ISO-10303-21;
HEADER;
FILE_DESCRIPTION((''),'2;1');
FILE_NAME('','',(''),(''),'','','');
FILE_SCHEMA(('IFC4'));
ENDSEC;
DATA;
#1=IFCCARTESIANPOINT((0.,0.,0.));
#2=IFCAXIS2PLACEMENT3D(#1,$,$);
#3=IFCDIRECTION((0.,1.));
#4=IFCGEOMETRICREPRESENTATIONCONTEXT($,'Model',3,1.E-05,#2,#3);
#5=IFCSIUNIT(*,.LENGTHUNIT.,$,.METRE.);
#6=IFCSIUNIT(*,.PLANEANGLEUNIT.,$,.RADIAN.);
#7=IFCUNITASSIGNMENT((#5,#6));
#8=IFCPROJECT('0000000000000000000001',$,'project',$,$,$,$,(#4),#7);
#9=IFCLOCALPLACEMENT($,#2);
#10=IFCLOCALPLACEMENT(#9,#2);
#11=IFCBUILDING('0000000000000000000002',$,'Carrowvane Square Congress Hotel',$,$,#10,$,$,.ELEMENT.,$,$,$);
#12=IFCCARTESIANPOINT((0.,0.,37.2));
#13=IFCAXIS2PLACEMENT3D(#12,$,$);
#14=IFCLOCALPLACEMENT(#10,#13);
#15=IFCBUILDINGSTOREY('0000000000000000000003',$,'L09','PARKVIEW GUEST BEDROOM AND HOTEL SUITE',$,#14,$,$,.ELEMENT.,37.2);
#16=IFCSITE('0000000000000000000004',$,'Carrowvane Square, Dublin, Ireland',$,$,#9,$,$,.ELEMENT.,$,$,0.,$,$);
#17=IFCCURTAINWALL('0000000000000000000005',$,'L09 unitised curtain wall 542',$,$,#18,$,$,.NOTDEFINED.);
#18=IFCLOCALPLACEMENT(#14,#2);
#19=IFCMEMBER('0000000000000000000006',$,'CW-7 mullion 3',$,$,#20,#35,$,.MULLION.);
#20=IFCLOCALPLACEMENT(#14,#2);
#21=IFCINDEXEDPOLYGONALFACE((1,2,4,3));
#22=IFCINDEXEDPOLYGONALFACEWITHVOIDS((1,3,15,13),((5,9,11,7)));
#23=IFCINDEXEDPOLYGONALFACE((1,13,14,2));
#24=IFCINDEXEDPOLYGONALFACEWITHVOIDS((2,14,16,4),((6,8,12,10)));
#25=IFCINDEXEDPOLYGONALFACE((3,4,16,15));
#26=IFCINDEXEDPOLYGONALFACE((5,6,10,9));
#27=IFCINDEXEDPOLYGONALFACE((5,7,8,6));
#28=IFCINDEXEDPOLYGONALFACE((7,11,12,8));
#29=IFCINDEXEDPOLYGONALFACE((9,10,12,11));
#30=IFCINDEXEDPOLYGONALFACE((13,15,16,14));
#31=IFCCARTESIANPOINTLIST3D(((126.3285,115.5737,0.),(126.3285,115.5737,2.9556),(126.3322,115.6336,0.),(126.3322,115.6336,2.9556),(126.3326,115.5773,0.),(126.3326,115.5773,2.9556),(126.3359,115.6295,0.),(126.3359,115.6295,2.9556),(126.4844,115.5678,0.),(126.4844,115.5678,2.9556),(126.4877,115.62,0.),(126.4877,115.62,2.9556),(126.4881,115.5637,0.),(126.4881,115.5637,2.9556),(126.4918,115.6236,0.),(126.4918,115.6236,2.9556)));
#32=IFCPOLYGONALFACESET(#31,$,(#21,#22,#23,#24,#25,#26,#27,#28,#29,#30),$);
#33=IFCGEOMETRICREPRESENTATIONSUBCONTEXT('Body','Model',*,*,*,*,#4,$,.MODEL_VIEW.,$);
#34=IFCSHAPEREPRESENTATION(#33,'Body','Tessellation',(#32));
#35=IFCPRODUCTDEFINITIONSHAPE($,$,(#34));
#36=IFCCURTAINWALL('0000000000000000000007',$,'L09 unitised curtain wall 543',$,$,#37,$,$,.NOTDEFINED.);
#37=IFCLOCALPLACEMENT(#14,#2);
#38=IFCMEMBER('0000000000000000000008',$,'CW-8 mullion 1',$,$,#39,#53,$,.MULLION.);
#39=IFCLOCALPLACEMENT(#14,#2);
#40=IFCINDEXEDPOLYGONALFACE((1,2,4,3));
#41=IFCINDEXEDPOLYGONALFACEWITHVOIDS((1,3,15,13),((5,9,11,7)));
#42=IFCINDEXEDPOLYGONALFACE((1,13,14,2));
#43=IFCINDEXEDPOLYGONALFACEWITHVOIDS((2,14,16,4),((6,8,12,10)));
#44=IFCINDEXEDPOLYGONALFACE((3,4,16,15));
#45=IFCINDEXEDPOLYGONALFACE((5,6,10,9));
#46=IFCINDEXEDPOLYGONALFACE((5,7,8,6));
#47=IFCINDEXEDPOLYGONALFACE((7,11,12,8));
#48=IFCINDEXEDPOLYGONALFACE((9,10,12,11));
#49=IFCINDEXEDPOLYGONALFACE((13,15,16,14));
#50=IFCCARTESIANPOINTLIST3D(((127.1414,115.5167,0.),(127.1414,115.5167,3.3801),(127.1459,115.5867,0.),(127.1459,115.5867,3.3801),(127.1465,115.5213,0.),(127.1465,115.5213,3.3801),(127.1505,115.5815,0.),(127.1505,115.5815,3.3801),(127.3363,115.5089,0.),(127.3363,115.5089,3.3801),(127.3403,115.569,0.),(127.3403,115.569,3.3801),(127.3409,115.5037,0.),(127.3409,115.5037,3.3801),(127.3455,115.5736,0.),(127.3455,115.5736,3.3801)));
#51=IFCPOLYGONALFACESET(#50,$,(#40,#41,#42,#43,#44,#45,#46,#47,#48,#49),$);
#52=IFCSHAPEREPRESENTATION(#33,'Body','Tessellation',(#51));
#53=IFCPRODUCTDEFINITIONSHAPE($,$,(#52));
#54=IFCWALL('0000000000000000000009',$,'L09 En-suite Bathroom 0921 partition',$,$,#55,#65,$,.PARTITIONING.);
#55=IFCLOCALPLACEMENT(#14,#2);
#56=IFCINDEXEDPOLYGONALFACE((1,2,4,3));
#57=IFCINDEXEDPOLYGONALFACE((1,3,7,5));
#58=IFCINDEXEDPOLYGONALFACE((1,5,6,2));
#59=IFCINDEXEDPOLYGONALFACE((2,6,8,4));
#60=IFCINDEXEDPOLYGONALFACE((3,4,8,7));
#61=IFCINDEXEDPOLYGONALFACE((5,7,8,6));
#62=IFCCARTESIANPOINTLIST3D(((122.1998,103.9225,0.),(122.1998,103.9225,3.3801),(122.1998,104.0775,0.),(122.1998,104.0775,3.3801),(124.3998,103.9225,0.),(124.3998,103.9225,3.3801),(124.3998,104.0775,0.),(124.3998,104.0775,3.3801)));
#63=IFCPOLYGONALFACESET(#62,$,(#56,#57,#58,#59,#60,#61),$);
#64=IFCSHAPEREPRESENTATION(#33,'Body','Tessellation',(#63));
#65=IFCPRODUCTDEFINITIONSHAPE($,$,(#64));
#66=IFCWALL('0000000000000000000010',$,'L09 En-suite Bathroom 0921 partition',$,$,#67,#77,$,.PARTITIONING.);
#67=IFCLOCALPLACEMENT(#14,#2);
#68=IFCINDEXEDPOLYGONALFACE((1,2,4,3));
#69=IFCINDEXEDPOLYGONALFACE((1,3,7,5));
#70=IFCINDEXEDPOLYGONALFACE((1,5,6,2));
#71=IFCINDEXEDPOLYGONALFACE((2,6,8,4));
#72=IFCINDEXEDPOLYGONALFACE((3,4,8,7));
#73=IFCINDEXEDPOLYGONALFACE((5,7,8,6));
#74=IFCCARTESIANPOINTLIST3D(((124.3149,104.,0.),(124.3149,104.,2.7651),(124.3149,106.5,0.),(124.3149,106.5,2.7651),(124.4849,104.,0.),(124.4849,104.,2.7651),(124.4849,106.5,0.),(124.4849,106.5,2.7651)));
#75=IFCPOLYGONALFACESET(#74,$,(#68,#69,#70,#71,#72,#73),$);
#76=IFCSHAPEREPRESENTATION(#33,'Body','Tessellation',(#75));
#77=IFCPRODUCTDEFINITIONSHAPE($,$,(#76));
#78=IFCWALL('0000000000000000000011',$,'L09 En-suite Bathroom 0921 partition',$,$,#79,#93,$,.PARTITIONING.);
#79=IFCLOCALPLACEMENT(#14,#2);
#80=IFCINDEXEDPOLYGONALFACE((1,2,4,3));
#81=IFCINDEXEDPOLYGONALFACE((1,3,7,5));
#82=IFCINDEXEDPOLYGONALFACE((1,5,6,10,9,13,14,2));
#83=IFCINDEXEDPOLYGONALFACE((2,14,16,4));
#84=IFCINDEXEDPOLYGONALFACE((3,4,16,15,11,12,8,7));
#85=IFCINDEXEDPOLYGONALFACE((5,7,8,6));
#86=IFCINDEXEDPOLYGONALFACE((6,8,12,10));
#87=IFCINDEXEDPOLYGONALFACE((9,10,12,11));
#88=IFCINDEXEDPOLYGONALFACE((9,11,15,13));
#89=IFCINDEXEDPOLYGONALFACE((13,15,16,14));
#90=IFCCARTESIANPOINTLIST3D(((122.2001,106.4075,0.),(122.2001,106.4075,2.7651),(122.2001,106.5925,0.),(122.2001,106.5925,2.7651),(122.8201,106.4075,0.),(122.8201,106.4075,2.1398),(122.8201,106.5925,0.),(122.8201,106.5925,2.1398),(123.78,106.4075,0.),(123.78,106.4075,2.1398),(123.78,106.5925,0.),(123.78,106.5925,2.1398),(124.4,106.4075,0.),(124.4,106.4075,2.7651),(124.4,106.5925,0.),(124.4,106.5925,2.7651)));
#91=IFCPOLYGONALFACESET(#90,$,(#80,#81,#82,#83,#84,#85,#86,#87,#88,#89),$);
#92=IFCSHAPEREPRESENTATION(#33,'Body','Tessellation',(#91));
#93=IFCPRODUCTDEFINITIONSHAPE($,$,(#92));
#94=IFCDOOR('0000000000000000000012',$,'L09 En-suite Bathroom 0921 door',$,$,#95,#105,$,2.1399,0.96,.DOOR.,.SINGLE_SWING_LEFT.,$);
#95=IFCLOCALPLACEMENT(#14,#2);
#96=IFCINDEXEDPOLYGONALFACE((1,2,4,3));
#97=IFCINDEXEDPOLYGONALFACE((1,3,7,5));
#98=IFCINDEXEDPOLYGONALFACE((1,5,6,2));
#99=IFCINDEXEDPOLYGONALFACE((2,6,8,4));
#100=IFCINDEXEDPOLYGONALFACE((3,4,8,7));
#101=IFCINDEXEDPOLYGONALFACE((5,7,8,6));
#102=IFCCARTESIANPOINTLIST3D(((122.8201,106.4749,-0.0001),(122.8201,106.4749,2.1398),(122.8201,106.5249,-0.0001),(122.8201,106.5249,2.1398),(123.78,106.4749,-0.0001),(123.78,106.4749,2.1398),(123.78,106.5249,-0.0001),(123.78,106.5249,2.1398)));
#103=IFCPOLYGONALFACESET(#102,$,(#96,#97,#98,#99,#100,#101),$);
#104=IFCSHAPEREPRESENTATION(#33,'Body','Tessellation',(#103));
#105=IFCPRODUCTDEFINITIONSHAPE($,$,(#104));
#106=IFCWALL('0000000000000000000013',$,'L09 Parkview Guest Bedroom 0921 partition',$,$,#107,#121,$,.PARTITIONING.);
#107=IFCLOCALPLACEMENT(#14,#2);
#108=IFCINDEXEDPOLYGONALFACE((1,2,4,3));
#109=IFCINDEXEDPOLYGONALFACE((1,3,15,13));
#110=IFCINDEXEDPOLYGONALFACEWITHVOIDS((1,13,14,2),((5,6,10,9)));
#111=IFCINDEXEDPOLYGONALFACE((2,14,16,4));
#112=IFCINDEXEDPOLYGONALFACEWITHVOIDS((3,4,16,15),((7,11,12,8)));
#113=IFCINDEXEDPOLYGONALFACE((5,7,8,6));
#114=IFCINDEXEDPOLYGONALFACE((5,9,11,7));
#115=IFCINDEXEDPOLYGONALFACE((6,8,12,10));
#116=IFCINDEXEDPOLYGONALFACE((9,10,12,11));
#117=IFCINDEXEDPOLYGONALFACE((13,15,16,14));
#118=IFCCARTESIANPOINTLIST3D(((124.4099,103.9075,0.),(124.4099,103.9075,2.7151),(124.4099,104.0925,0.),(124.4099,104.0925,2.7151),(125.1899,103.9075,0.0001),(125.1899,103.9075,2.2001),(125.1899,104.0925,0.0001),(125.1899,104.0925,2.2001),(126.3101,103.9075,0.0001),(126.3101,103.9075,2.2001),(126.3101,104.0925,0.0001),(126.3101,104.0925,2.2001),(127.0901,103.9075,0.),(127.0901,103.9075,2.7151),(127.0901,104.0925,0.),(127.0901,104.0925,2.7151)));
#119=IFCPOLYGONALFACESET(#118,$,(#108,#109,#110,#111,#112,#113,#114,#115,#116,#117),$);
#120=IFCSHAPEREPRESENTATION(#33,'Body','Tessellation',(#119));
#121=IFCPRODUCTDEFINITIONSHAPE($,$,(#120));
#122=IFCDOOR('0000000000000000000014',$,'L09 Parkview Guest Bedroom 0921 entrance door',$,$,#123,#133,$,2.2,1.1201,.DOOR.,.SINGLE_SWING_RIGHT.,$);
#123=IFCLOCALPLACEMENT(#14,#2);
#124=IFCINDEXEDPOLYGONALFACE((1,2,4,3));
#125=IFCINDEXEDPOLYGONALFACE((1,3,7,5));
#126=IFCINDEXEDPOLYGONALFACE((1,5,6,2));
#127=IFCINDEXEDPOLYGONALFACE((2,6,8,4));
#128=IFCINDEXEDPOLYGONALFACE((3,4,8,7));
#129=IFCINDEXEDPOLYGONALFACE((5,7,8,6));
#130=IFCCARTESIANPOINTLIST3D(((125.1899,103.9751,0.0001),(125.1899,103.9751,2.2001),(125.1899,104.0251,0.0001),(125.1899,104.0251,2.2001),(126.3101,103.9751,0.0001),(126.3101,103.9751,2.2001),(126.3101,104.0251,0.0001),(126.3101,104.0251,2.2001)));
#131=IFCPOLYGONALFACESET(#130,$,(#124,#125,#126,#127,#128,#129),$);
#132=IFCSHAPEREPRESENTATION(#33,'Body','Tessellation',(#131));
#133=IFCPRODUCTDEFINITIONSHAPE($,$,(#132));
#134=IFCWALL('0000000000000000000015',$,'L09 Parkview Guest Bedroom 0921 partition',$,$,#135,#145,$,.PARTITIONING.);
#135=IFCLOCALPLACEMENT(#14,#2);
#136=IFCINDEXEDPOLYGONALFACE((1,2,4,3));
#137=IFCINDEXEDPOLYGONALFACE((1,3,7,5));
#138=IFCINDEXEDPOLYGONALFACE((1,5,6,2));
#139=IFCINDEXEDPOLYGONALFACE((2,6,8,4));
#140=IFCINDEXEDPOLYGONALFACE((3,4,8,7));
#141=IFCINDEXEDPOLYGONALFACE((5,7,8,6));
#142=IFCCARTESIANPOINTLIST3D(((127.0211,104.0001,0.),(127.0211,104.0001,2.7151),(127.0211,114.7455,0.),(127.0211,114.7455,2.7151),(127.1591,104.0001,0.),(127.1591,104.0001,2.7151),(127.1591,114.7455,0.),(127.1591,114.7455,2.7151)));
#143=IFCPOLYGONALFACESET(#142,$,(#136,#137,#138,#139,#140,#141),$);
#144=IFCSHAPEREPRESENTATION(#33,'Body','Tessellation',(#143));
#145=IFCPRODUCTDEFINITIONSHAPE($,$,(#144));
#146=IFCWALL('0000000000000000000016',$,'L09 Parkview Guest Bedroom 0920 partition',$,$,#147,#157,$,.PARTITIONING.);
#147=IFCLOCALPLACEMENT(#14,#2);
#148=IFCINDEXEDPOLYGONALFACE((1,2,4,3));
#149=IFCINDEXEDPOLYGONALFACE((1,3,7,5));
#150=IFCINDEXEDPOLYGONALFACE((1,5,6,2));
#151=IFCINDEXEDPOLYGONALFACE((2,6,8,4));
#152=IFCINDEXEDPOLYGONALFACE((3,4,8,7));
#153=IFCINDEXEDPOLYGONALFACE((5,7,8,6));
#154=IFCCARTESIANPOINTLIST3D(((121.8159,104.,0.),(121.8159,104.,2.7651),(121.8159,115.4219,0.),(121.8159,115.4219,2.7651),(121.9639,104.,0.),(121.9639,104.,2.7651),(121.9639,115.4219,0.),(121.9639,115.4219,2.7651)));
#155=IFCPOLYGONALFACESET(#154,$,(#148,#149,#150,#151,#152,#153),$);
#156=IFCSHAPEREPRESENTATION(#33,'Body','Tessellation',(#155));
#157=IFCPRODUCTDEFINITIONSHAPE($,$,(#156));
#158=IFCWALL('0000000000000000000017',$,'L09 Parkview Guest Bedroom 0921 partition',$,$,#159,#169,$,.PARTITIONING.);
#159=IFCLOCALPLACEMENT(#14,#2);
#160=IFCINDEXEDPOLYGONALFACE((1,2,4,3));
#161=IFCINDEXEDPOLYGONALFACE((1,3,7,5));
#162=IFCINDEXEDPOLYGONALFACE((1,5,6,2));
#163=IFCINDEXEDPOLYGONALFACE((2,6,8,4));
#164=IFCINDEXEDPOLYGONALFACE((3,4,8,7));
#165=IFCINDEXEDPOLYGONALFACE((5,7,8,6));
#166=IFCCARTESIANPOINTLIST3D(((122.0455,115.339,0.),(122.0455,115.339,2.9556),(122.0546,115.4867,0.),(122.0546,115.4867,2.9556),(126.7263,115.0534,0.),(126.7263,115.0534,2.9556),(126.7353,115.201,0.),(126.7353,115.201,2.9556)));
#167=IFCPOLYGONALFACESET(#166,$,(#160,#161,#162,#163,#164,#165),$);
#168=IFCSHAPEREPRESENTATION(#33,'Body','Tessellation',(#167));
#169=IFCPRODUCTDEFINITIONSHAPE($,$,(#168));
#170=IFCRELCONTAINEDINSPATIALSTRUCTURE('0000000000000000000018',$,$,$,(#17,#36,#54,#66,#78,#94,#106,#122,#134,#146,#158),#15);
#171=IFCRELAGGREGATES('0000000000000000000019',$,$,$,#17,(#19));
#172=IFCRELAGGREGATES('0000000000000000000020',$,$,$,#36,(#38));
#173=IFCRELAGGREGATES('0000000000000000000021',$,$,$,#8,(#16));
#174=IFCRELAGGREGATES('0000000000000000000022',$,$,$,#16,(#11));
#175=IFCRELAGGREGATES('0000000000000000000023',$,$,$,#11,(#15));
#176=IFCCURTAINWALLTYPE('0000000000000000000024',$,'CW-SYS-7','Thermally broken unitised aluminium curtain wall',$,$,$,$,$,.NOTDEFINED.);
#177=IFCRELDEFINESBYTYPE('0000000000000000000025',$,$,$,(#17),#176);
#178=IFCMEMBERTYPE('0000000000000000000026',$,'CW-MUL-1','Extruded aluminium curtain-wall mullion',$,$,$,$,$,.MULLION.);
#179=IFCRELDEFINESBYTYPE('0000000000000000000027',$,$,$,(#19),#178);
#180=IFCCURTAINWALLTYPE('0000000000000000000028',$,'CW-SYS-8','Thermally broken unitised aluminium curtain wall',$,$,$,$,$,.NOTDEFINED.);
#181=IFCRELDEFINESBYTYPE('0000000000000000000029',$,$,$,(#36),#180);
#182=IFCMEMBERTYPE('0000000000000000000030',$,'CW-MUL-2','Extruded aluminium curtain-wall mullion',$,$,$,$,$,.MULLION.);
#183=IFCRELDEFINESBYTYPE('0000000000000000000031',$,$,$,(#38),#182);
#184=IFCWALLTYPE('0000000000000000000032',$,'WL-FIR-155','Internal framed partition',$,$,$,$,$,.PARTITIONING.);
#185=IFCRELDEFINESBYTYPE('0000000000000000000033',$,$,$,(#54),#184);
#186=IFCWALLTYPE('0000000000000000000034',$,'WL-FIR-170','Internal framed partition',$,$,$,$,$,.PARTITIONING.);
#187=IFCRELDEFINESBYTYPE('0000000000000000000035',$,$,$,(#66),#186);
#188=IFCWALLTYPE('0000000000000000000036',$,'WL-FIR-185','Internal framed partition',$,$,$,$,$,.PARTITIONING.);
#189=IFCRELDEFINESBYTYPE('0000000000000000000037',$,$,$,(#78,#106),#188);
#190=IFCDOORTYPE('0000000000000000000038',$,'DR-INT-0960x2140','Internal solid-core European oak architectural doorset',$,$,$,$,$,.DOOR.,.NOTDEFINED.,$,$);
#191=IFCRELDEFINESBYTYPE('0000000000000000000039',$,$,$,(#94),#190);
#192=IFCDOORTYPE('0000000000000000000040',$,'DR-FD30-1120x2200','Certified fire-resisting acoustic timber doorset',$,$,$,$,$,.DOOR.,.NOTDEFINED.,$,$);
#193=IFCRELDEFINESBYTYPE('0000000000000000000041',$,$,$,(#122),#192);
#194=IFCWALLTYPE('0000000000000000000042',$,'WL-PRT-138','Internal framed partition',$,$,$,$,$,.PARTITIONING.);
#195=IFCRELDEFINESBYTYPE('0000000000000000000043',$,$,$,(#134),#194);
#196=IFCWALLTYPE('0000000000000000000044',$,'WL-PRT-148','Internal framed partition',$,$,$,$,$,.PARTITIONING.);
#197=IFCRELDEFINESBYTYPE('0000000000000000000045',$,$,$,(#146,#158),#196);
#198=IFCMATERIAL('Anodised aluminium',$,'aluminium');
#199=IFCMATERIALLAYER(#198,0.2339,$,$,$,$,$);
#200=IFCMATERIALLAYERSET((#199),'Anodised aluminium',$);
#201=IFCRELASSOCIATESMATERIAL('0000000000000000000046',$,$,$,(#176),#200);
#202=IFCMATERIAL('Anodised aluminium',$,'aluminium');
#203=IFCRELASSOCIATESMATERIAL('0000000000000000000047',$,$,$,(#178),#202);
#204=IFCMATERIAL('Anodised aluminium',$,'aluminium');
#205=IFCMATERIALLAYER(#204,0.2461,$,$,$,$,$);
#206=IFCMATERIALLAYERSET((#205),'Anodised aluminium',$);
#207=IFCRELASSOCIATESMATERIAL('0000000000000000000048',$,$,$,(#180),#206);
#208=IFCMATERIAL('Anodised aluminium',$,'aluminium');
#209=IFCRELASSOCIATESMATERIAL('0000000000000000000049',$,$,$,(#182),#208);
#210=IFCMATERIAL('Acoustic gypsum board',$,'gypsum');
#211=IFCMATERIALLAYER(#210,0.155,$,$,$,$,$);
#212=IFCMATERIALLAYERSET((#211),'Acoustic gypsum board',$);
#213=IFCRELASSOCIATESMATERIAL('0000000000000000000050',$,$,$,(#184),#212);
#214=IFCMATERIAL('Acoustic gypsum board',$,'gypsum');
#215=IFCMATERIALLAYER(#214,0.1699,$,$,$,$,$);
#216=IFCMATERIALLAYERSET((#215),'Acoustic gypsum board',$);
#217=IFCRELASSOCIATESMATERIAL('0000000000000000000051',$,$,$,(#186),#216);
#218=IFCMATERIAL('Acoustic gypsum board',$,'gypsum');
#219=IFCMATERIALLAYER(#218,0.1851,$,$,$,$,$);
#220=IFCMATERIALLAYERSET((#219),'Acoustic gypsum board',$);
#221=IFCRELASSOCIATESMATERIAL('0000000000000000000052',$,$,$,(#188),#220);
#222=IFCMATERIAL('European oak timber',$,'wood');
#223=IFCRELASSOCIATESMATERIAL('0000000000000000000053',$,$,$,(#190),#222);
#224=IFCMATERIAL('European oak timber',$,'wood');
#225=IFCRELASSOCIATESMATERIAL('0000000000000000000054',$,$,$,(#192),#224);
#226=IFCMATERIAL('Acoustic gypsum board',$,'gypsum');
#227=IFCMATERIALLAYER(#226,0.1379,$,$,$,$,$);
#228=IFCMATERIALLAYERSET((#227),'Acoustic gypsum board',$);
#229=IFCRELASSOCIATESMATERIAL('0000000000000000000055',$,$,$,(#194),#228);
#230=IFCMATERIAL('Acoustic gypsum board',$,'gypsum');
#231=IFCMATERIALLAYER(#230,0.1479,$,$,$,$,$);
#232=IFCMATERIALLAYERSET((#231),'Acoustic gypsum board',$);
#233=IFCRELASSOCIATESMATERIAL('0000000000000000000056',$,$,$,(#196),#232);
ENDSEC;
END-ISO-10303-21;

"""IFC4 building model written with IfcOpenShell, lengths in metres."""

from ifc_helpers import new_model, si_unit, direction, frame, frame_2d, origin, origin_2d, place, context, subcontext, project, spatial, rectangle, hollow_rectangle, extrude, material, layer, layer_set, material_profile, profile_set, type_object, element, fill, aggregate, save


model = new_model("IFC4")

# Units and contexts
model_context = context("Model", 3, precision=1e-05, world=origin(), true_north=direction((0.0, 1.0)))
body_context = subcontext(model_context, "Body", "Model", "MODEL_VIEW")
ifc_project = project(units=[si_unit("LENGTHUNIT", "METRE"), si_unit("PLANEANGLEUNIT", "RADIAN")], contexts=[model_context])

# Site, building, storey
site_placement = place(None, origin())
site = spatial("IfcSite", under=ifc_project, at=site_placement, Name="Carrowvane Square, Dublin, Ireland", CompositionType="ELEMENT", RefElevation=0.0)
building_placement = place(site_placement, origin())
building = spatial("IfcBuilding", under=site, at=building_placement, Name="Carrowvane Square Congress Hotel", CompositionType="ELEMENT")
storey_placement = place(building_placement, frame((0.0, 0.0, 37.2)))
storey = spatial("IfcBuildingStorey", under=building, at=storey_placement, Name="L09", Description="PARKVIEW GUEST BEDROOM AND HOTEL SUITE", CompositionType="ELEMENT", Elevation=37.2)

# Curtain walls, members
ifc_material_1 = material(Name="Anodised aluminium", Category="aluminium")
ifc_layer_1 = layer(ifc_material_1, 0.2339)
ifc_layer_set_1 = layer_set([ifc_layer_1], Name="Anodised aluminium")
curtain_wall_type_1 = type_object("IfcCurtainWallType", Name="CW-SYS-7", Description="Thermally broken unitised aluminium curtain wall", PredefinedType="NOTDEFINED", material=ifc_layer_set_1)
curtain_wall_1_placement = place(storey_placement, origin())
curtain_wall_1 = element("IfcCurtainWall", 1, at=curtain_wall_1_placement, inside=storey, type_object=curtain_wall_type_1, Name="L09 unitised curtain wall 542", PredefinedType="NOTDEFINED")
ifc_material_2 = material(Name="Anodised aluminium", Category="aluminium")
ifc_material_profile_1 = material_profile(ifc_material_2, hollow_rectangle(XDim=0.0601, YDim=0.1599, WallThickness=0.0039, at=origin_2d()), Name="CW-ML 60x160x4")
ifc_profile_set_1 = profile_set([ifc_material_profile_1], Name="Anodised aluminium")
member_type_1 = type_object("IfcMemberType", Name="CW-MUL-1", Description="Extruded aluminium curtain-wall mullion", PredefinedType="MULLION", material=ifc_profile_set_1)
member_1_placement = place(storey_placement, frame((126.4102, 115.5986, 0.0), z_axis=(0.0, 0.0, 1.0), x_axis=(0.062397, 0.998051, 0.0)))
member_1 = element("IfcMember", 2, at=member_1_placement, type_object=member_type_1, Name="CW-7 mullion 3", PredefinedType="MULLION", context=body_context, shape_type="SweptSolid", body=[
    extrude(hollow_rectangle(XDim=0.0601, YDim=0.1599, WallThickness=0.0039, at=origin_2d()), origin(), (0.0, 0.0, 1.0), 2.9556),
])
aggregate(curtain_wall_1, [member_1])
ifc_material_3 = material(Name="Anodised aluminium", Category="aluminium")
ifc_layer_2 = layer(ifc_material_3, 0.2461)
ifc_layer_set_2 = layer_set([ifc_layer_2], Name="Anodised aluminium")
curtain_wall_type_2 = type_object("IfcCurtainWallType", Name="CW-SYS-8", Description="Thermally broken unitised aluminium curtain wall", PredefinedType="NOTDEFINED", material=ifc_layer_set_2)
curtain_wall_2_placement = place(storey_placement, origin())
curtain_wall_2 = element("IfcCurtainWall", 3, at=curtain_wall_2_placement, inside=storey, type_object=curtain_wall_type_2, Name="L09 unitised curtain wall 543", PredefinedType="NOTDEFINED")
ifc_material_4 = material(Name="Anodised aluminium", Category="aluminium")
ifc_material_profile_2 = material_profile(ifc_material_4, hollow_rectangle(XDim=0.0701, YDim=0.2, WallThickness=0.0049, at=origin_2d()), Name="CW-ML 70x200x5")
ifc_profile_set_2 = profile_set([ifc_material_profile_2], Name="Anodised aluminium")
member_type_2 = type_object("IfcMemberType", Name="CW-MUL-2", Description="Extruded aluminium curtain-wall mullion", PredefinedType="MULLION", material=ifc_profile_set_2)
member_2_placement = place(storey_placement, frame((127.2434, 115.5452, 0.0), z_axis=(0.0, 0.0, 1.0), x_axis=(0.065414, 0.997858, 0.0)))
member_2 = element("IfcMember", 4, at=member_2_placement, type_object=member_type_2, Name="CW-8 mullion 1", PredefinedType="MULLION", context=body_context, shape_type="SweptSolid", body=[
    extrude(hollow_rectangle(XDim=0.0701, YDim=0.2, WallThickness=0.0049, at=origin_2d()), origin(), (0.0, 0.0, 1.0), 3.3801),
])
aggregate(curtain_wall_2, [member_2])

# Walls
ifc_material_5 = material(Name="Acoustic gypsum board", Category="gypsum")
ifc_layer_3 = layer(ifc_material_5, 0.155)
ifc_layer_set_3 = layer_set([ifc_layer_3], Name="Acoustic gypsum board")
wall_type_1 = type_object("IfcWallType", Name="WL-FIR-155", Description="Internal framed partition", PredefinedType="PARTITIONING", material=ifc_layer_set_3)
wall_1_placement = place(storey_placement, frame((124.3999, 104.0, 0.0), z_axis=(0.0, 0.0, 1.0), x_axis=(-1.0, 0.0, 0.0)))
element("IfcWall", 5, at=wall_1_placement, inside=storey, type_object=wall_type_1, Name="L09 En-suite Bathroom 0921 partition", PredefinedType="PARTITIONING", context=body_context, shape_type="SweptSolid", body=[
    extrude(rectangle(XDim=2.2, YDim=0.155, at=frame_2d((1.1001, 0.0))), origin(), (0.0, 0.0, 1.0), 3.3801),
])
ifc_material_6 = material(Name="Acoustic gypsum board", Category="gypsum")
ifc_layer_4 = layer(ifc_material_6, 0.1699)
ifc_layer_set_4 = layer_set([ifc_layer_4], Name="Acoustic gypsum board")
wall_type_2 = type_object("IfcWallType", Name="WL-FIR-170", Description="Internal framed partition", PredefinedType="PARTITIONING", material=ifc_layer_set_4)
wall_2_placement = place(storey_placement, frame((124.3999, 106.5, 0.0), z_axis=(0.0, 0.0, 1.0), x_axis=(0.0, -1.0, 0.0)))
element("IfcWall", 6, at=wall_2_placement, inside=storey, type_object=wall_type_2, Name="L09 En-suite Bathroom 0921 partition", PredefinedType="PARTITIONING", context=body_context, shape_type="SweptSolid", body=[
    extrude(rectangle(XDim=2.5, YDim=0.1699, at=frame_2d((1.25, 0.0))), origin(), (0.0, 0.0, 1.0), 2.7651),
])

# Walls, openings, doors
ifc_material_7 = material(Name="Acoustic gypsum board", Category="gypsum")
ifc_layer_5 = layer(ifc_material_7, 0.1851)
ifc_layer_set_5 = layer_set([ifc_layer_5], Name="Acoustic gypsum board")
wall_type_3 = type_object("IfcWallType", Name="WL-FIR-185", Description="Internal framed partition", PredefinedType="PARTITIONING", material=ifc_layer_set_5)
wall_3_placement = place(storey_placement, frame((122.2, 106.5, 0.0), z_axis=(0.0, 0.0, 1.0), x_axis=(1.0, 0.0, 0.0)))
wall_3 = element("IfcWall", 7, at=wall_3_placement, inside=storey, type_object=wall_type_3, Name="L09 En-suite Bathroom 0921 partition", PredefinedType="PARTITIONING", context=body_context, shape_type="SweptSolid", body=[
    extrude(rectangle(XDim=2.2, YDim=0.1851, at=frame_2d((1.1001, 0.0))), origin(), (0.0, 0.0, 1.0), 2.7651),
])
opening_1_placement = place(wall_3_placement, frame((0.6201, 0.0, 0.0)))
opening_1 = element("IfcOpeningElement", 8, at=opening_1_placement, cuts=wall_3, PredefinedType="OPENING", context=body_context, shape_type="SweptSolid", body=[
    extrude(rectangle(XDim=0.96, YDim=2.1399, at=frame_2d((0.48, 1.0698))), frame((0.0, 0.1025, 0.0), z_axis=(0.0, -1.0, 0.0), x_axis=(1.0, 0.0, 0.0)), (0.0, 0.0, 1.0), 0.2051),
])
ifc_material_8 = material(Name="European oak timber", Category="wood")
door_type_1 = type_object("IfcDoorType", Name="DR-INT-0960x2140", Description="Internal solid-core European oak architectural doorset", OperationType="NOTDEFINED", PredefinedType="DOOR", material=ifc_material_8)
door_1_placement = place(opening_1_placement, origin())
door_1 = element("IfcDoor", 9, at=door_1_placement, inside=storey, type_object=door_type_1, Name="L09 En-suite Bathroom 0921 door", OperationType="SINGLE_SWING_LEFT", OverallHeight=2.1399, OverallWidth=0.96, PredefinedType="DOOR", context=body_context, shape_type="SweptSolid", body=[
    extrude(rectangle(XDim=0.96, YDim=2.1399, at=frame_2d((0.48, 1.0698))), frame((0.0, 0.0249, 0.0), z_axis=(0.0, -1.0, 0.0), x_axis=(1.0, 0.0, 0.0)), (0.0, 0.0, 1.0), 0.05),
])
fill(opening_1, door_1)
wall_4_placement = place(storey_placement, frame((127.0901, 104.0, 0.0), z_axis=(0.0, 0.0, 1.0), x_axis=(-1.0, 0.0, 0.0)))
wall_4 = element("IfcWall", 10, at=wall_4_placement, inside=storey, type_object=wall_type_3, Name="L09 Parkview Guest Bedroom 0921 partition", PredefinedType="PARTITIONING", context=body_context, shape_type="SweptSolid", body=[
    extrude(rectangle(XDim=2.6802, YDim=0.1851, at=frame_2d((1.3401, 0.0))), origin(), (0.0, 0.0, 1.0), 2.7151),
])
opening_2_placement = place(wall_4_placement, frame((0.78, 0.0, 0.0)))
opening_2 = element("IfcOpeningElement", 11, at=opening_2_placement, cuts=wall_4, PredefinedType="OPENING", context=body_context, shape_type="SweptSolid", body=[
    extrude(rectangle(XDim=1.1201, YDim=2.2, at=frame_2d((0.5601, 1.1001))), frame((0.0, 0.1025, 0.0), z_axis=(0.0, -1.0, 0.0), x_axis=(1.0, 0.0, 0.0)), (0.0, 0.0, 1.0), 0.2051),
])
ifc_material_9 = material(Name="European oak timber", Category="wood")
door_type_2 = type_object("IfcDoorType", Name="DR-FD30-1120x2200", Description="Certified fire-resisting acoustic timber doorset", OperationType="NOTDEFINED", PredefinedType="DOOR", material=ifc_material_9)
door_2_placement = place(opening_2_placement, origin())
door_2 = element("IfcDoor", 12, at=door_2_placement, inside=storey, type_object=door_type_2, Name="L09 Parkview Guest Bedroom 0921 entrance door", OperationType="SINGLE_SWING_RIGHT", OverallHeight=2.2, OverallWidth=1.1201, PredefinedType="DOOR", context=body_context, shape_type="SweptSolid", body=[
    extrude(rectangle(XDim=1.1201, YDim=2.2, at=frame_2d((0.5601, 1.1001))), frame((0.0, 0.0249, 0.0), z_axis=(0.0, -1.0, 0.0), x_axis=(1.0, 0.0, 0.0)), (0.0, 0.0, 1.0), 0.05),
])
fill(opening_2, door_2)

# Walls
ifc_material_10 = material(Name="Acoustic gypsum board", Category="gypsum")
ifc_layer_6 = layer(ifc_material_10, 0.1379)
ifc_layer_set_6 = layer_set([ifc_layer_6], Name="Acoustic gypsum board")
wall_type_4 = type_object("IfcWallType", Name="WL-PRT-138", Description="Internal framed partition", PredefinedType="PARTITIONING", material=ifc_layer_set_6)
wall_5_placement = place(storey_placement, frame((127.0901, 114.7454, 0.0), z_axis=(0.0, 0.0, 1.0), x_axis=(0.0, -1.0, 0.0)))
element("IfcWall", 13, at=wall_5_placement, inside=storey, type_object=wall_type_4, Name="L09 Parkview Guest Bedroom 0921 partition", PredefinedType="PARTITIONING", context=body_context, shape_type="SweptSolid", body=[
    extrude(rectangle(XDim=10.7454, YDim=0.1379, at=frame_2d((5.3726, 0.0))), origin(), (0.0, 0.0, 1.0), 2.7151),
])
ifc_material_11 = material(Name="Acoustic gypsum board", Category="gypsum")
ifc_layer_7 = layer(ifc_material_11, 0.1479)
ifc_layer_set_7 = layer_set([ifc_layer_7], Name="Acoustic gypsum board")
wall_type_5 = type_object("IfcWallType", Name="WL-PRT-148", Description="Internal framed partition", PredefinedType="PARTITIONING", material=ifc_layer_set_7)
wall_6_placement = place(storey_placement, frame((121.8899, 115.4219, 0.0), z_axis=(0.0, 0.0, 1.0), x_axis=(0.0, -1.0, 0.0)))
element("IfcWall", 14, at=wall_6_placement, inside=storey, type_object=wall_type_5, Name="L09 Parkview Guest Bedroom 0920 partition", PredefinedType="PARTITIONING", context=body_context, shape_type="SweptSolid", body=[
    extrude(rectangle(XDim=11.4219, YDim=0.1479, at=frame_2d((5.7109, 0.0))), origin(), (0.0, 0.0, 1.0), 2.7651),
])
wall_7_placement = place(storey_placement, frame((122.05, 115.4128, 0.0), z_axis=(0.0, 0.0, 1.0), x_axis=(0.998143, -0.060913, 0.0)))
element("IfcWall", 15, at=wall_7_placement, inside=storey, type_object=wall_type_5, Name="L09 Parkview Guest Bedroom 0921 partition", PredefinedType="PARTITIONING", context=body_context, shape_type="SweptSolid", body=[
    extrude(rectangle(XDim=4.6895, YDim=0.1479, at=frame_2d((2.3447, 0.0))), origin(), (0.0, 0.0, 1.0), 2.9556),
])

save(model, "model.ifc")
